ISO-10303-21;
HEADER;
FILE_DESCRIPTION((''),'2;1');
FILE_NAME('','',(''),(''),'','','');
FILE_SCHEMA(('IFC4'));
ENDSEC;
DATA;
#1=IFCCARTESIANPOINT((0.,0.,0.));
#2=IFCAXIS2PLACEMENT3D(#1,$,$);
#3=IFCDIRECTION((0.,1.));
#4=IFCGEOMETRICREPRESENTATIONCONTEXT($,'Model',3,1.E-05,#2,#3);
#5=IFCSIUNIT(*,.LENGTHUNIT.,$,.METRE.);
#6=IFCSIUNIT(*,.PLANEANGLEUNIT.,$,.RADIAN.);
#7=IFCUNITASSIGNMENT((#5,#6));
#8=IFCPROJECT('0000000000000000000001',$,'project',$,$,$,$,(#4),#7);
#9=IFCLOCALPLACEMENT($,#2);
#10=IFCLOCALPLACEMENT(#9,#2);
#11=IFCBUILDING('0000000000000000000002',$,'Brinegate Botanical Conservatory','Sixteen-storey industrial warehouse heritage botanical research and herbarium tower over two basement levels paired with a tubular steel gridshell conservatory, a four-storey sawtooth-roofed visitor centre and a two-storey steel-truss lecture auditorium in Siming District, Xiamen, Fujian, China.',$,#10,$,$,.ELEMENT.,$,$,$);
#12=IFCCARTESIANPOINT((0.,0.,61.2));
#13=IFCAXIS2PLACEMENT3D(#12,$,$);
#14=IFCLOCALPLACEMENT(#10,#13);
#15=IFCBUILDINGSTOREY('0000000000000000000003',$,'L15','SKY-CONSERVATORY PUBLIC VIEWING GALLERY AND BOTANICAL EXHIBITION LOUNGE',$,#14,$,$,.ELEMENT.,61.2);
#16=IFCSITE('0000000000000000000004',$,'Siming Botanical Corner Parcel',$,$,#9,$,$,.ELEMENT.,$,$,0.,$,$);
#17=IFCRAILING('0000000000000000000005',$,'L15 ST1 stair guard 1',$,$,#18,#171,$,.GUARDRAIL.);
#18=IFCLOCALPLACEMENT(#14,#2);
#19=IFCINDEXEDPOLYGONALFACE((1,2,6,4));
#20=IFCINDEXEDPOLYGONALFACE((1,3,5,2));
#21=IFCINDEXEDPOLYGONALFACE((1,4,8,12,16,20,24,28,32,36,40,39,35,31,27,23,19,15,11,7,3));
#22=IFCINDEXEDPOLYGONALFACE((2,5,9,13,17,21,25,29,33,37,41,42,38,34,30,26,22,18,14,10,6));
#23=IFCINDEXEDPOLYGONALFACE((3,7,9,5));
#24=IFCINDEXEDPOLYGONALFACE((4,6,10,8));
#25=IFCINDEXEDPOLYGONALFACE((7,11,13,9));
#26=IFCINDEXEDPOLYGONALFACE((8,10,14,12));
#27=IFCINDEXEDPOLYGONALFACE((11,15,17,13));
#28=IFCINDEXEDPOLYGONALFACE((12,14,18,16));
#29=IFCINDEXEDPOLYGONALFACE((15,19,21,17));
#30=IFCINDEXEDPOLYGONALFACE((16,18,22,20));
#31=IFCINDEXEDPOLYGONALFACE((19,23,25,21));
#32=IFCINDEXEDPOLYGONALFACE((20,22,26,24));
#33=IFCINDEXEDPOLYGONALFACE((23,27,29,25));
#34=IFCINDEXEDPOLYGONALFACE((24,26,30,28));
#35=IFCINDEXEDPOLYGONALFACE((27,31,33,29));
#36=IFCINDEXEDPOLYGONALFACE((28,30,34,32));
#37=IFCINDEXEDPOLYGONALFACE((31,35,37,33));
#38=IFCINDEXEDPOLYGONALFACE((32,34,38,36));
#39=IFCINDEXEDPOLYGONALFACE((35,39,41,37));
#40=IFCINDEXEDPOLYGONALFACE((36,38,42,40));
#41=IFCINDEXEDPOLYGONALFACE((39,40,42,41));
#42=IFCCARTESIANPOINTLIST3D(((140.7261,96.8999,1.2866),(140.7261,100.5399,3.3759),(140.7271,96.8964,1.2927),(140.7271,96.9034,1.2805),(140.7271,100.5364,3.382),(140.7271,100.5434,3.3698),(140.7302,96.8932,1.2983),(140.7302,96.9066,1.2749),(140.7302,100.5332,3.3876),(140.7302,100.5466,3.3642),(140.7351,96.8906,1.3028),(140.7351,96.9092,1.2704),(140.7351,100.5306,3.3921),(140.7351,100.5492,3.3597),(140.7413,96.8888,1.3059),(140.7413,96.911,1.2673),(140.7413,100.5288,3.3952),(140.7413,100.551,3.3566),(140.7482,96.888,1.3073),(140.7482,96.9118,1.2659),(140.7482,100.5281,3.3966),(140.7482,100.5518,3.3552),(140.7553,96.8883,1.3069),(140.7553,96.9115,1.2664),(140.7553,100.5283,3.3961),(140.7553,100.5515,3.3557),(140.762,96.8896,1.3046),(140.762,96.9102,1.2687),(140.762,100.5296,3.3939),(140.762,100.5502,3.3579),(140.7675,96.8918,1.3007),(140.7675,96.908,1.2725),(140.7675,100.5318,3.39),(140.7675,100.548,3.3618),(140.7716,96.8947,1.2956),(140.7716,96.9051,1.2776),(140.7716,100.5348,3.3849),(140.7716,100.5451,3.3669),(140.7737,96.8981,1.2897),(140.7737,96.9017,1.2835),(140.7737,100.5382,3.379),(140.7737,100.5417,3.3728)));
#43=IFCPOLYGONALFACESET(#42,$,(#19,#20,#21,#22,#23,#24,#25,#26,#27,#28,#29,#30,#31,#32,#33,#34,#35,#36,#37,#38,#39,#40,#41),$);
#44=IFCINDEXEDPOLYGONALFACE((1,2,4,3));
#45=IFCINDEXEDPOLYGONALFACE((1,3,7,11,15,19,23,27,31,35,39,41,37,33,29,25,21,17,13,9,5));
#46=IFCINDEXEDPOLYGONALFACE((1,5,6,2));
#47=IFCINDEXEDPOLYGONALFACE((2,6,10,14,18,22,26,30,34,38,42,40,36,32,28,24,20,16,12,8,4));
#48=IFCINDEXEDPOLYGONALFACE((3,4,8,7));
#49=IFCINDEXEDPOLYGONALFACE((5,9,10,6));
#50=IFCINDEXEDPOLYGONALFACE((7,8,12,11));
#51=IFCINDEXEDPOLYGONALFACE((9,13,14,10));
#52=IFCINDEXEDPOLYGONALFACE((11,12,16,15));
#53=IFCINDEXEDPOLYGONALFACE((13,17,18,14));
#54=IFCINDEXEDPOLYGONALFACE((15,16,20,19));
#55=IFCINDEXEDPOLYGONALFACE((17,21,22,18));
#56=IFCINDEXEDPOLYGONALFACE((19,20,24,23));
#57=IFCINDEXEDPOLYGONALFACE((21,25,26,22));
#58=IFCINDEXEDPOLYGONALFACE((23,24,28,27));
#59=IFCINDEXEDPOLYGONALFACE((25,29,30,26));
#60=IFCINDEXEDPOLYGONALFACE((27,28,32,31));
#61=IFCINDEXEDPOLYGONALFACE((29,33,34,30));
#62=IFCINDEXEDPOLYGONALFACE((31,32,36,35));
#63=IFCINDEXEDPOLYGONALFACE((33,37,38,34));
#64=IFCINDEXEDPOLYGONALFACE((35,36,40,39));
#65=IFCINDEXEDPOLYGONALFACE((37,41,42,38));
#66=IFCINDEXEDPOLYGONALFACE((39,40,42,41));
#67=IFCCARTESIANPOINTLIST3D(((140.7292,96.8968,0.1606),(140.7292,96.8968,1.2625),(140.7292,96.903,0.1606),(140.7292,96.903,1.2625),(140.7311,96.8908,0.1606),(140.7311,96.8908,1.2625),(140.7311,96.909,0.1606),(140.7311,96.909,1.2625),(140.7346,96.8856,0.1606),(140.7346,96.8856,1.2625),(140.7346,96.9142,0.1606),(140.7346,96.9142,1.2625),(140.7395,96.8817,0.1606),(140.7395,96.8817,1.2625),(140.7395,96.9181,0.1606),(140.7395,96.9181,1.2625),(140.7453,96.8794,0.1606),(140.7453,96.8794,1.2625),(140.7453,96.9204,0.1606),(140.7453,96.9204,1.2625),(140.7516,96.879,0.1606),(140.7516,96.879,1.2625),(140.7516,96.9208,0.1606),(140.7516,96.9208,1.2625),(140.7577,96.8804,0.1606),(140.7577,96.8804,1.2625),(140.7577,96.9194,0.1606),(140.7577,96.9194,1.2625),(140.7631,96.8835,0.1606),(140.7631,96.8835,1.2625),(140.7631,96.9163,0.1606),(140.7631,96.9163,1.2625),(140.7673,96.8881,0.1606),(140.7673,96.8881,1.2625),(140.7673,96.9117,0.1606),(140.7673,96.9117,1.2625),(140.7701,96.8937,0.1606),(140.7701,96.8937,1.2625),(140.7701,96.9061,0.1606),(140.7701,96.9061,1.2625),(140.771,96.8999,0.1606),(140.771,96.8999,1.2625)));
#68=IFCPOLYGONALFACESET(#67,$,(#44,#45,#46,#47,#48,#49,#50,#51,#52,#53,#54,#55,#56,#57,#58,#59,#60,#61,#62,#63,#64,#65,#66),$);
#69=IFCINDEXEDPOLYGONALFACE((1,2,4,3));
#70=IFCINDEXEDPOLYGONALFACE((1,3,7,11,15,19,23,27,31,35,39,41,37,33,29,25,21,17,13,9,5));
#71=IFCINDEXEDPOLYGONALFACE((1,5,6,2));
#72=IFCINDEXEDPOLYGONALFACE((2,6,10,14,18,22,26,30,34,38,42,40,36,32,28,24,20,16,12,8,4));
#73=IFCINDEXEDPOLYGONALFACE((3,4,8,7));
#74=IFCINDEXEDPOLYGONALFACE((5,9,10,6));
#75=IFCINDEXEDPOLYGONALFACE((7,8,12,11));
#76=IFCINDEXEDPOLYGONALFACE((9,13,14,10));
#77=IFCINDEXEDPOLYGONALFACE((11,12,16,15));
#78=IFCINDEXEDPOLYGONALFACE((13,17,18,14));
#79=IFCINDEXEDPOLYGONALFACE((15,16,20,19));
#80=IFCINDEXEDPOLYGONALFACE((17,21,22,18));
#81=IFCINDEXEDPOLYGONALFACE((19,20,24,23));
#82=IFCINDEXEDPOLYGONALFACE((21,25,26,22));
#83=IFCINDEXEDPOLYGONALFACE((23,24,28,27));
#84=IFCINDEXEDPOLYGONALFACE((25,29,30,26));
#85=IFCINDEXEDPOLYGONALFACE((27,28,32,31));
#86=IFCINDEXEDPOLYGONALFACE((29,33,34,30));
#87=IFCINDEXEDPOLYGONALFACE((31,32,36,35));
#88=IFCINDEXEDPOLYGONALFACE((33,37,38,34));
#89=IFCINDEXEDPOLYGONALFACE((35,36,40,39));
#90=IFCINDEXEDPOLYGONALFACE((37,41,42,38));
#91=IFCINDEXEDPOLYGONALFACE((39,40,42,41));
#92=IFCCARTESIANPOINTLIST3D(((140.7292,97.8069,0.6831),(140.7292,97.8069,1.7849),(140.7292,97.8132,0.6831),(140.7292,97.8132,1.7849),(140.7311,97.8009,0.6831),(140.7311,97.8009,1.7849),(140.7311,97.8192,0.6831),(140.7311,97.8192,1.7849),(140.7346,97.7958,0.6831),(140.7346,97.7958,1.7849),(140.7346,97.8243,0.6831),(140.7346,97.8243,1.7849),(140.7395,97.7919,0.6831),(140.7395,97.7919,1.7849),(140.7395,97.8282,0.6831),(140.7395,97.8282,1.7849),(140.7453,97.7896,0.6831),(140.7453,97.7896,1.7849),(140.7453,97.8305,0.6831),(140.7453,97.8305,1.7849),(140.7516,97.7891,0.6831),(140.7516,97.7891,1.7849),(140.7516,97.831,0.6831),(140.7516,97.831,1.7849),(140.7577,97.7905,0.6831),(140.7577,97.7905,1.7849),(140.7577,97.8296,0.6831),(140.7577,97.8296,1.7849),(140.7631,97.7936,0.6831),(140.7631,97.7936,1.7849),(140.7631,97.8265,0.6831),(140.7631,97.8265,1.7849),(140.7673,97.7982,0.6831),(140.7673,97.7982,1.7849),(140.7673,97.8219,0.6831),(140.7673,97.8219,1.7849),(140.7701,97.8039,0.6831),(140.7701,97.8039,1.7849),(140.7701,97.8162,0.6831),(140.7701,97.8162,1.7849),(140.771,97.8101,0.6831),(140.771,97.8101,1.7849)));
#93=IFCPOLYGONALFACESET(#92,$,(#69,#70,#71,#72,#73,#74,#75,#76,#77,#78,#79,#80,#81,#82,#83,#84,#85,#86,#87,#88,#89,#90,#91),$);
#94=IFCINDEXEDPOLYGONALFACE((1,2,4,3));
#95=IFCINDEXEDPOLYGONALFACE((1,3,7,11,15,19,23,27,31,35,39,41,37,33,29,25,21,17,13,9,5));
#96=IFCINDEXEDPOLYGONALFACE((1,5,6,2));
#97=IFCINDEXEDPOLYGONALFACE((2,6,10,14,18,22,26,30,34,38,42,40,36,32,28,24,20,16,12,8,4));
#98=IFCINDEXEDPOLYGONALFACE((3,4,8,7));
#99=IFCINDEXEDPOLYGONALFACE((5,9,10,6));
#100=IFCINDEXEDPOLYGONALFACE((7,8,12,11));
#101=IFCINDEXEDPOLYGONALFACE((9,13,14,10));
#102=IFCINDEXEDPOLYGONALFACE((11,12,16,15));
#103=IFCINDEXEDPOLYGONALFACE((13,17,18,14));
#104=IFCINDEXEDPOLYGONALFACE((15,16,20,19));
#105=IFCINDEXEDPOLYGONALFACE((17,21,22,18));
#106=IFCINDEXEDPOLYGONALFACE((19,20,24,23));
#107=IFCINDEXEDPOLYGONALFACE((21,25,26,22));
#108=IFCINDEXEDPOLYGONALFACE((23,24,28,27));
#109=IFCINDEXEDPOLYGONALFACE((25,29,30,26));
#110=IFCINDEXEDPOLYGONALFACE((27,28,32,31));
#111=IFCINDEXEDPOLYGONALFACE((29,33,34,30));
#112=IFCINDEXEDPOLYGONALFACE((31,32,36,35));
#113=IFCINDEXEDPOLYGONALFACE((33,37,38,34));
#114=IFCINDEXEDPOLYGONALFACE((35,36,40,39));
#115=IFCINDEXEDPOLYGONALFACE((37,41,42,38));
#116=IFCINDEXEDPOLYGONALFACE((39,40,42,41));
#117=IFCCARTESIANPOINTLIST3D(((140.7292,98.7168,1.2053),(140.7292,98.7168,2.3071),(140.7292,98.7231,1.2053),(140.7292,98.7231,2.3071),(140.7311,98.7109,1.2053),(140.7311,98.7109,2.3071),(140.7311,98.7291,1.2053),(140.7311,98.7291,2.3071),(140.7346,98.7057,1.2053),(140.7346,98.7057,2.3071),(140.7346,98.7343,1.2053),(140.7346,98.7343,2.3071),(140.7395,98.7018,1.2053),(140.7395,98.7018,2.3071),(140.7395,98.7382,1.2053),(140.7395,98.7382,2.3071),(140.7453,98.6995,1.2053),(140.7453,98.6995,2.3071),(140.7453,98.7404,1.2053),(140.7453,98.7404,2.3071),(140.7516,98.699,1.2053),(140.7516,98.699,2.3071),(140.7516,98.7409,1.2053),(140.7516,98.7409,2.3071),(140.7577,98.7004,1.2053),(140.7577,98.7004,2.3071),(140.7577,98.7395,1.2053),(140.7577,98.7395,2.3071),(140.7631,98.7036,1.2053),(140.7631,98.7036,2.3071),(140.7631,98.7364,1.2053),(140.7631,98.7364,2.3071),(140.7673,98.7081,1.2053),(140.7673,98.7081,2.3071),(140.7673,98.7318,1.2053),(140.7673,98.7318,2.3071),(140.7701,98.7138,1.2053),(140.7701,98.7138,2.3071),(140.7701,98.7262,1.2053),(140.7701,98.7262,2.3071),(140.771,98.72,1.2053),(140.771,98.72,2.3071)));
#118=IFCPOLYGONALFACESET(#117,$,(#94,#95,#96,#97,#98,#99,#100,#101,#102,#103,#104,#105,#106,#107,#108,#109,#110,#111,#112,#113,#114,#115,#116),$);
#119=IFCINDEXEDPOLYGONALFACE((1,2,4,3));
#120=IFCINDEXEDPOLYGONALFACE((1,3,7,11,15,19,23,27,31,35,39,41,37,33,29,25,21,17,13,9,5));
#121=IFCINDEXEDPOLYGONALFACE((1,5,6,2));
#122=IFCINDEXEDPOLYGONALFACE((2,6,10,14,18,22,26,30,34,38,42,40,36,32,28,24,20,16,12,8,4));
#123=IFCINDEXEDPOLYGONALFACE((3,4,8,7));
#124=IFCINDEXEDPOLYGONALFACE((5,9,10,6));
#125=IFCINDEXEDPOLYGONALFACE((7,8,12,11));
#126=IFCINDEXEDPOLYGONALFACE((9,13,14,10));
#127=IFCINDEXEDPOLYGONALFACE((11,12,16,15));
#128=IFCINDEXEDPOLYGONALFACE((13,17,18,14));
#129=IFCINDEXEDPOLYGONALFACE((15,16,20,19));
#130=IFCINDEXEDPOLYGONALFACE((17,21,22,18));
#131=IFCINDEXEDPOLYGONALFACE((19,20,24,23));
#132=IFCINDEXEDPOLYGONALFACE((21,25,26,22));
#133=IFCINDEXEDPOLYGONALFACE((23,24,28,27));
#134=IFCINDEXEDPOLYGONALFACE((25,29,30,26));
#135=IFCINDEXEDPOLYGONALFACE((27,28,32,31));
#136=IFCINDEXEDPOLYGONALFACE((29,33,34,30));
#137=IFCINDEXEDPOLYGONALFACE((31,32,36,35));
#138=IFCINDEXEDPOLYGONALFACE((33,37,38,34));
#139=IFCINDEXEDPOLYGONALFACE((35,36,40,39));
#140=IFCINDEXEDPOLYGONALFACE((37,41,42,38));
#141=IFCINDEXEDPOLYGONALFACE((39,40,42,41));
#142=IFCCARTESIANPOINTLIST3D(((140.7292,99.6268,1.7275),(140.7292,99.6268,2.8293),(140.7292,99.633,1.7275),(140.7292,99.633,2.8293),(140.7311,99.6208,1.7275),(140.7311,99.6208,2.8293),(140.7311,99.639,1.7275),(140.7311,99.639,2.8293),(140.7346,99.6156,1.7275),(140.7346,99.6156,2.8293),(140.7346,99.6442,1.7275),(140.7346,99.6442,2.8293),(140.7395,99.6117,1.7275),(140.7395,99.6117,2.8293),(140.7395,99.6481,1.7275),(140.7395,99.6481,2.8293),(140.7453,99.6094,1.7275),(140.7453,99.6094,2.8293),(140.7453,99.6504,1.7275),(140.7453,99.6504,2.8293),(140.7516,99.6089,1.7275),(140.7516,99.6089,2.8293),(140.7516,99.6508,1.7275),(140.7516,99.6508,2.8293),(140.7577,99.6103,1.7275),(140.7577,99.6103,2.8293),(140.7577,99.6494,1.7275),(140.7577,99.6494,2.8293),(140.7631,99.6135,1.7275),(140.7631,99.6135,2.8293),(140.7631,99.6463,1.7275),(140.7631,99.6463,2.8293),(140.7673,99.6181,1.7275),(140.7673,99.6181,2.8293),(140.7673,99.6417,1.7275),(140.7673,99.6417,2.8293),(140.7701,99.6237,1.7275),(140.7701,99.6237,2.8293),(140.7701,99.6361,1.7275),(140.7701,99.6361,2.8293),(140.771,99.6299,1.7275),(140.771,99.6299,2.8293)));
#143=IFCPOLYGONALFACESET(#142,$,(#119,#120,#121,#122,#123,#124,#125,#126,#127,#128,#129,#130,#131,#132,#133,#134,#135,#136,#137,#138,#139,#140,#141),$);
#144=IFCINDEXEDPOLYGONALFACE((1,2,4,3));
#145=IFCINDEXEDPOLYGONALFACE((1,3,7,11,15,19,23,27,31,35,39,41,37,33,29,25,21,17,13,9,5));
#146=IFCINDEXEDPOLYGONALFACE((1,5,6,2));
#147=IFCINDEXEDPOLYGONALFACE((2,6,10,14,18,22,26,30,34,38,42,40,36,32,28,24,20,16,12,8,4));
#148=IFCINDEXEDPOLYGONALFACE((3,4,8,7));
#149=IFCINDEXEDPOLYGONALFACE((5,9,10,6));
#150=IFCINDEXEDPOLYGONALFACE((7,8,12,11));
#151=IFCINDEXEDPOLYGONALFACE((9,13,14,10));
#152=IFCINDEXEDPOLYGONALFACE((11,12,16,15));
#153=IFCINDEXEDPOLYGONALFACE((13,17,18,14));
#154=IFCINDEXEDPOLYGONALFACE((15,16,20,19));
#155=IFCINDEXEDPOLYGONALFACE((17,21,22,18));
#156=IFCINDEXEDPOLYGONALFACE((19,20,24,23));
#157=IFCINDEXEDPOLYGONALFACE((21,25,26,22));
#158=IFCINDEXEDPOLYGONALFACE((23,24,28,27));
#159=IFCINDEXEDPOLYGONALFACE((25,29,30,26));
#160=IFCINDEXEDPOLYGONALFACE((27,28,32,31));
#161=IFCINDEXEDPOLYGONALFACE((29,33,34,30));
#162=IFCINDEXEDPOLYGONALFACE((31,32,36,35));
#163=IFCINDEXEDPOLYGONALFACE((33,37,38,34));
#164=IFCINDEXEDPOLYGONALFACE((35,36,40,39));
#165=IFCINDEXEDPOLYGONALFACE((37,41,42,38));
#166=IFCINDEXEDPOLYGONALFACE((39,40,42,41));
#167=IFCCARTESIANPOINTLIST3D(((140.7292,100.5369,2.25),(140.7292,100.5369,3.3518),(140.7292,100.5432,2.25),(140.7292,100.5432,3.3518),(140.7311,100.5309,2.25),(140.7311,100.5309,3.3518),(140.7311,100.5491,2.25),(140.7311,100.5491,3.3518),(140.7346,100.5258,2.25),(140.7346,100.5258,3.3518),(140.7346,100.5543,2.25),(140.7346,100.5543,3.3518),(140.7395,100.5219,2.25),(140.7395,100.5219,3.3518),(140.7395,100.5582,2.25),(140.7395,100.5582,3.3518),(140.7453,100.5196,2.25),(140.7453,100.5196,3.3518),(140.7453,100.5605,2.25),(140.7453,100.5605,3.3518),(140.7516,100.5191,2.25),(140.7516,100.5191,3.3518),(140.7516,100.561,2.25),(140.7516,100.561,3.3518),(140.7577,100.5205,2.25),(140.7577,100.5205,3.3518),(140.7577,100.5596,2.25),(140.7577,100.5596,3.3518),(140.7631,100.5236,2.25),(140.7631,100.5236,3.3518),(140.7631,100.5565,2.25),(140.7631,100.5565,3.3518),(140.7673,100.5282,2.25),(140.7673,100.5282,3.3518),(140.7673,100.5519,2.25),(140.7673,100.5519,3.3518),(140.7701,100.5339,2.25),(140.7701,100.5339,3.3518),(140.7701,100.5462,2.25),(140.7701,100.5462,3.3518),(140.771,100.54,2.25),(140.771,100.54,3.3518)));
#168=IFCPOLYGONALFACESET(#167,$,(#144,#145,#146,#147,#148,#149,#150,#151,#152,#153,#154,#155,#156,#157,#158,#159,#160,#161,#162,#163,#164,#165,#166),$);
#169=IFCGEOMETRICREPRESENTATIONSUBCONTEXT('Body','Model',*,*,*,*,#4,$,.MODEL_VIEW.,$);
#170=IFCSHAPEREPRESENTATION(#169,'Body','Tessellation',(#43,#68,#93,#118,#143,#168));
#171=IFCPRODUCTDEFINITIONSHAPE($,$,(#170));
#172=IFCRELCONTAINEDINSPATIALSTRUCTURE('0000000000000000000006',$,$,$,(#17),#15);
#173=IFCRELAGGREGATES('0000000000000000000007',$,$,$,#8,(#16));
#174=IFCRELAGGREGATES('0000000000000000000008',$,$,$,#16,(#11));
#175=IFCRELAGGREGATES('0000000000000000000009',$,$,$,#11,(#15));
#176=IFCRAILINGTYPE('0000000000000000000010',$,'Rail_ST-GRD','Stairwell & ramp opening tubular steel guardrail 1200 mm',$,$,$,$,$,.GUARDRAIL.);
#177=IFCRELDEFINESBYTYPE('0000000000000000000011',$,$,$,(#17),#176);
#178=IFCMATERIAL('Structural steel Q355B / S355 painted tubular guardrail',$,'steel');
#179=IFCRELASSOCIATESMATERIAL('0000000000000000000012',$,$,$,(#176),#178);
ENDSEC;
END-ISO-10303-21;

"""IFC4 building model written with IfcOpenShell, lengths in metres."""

from ifc_helpers import new_model, si_unit, direction, frame, origin, origin_2d, place, context, subcontext, project, spatial, circle, extrude, material, type_object, element, save


model = new_model("IFC4")

# Units and contexts
model_context = context("Model", 3, precision=1e-05, world=origin(), true_north=direction((0.0, 1.0)))
body_context = subcontext(model_context, "Body", "Model", "MODEL_VIEW")
ifc_project = project(units=[si_unit("LENGTHUNIT", "METRE"), si_unit("PLANEANGLEUNIT", "RADIAN")], contexts=[model_context])

# Site, building, storey
site_placement = place(None, origin())
site = spatial("IfcSite", under=ifc_project, at=site_placement, Name="Siming Botanical Corner Parcel", CompositionType="ELEMENT", RefElevation=0.0)
building_placement = place(site_placement, origin())
building = spatial("IfcBuilding", under=site, at=building_placement, Name="Brinegate Botanical Conservatory", Description="Sixteen-storey industrial warehouse heritage botanical research and herbarium tower over two basement levels paired with a tubular steel gridshell conservatory, a four-storey sawtooth-roofed visitor centre and a two-storey steel-truss lecture auditorium in Siming District, Xiamen, Fujian, China.", CompositionType="ELEMENT")
storey_placement = place(building_placement, frame((0.0, 0.0, 61.2)))
storey = spatial("IfcBuildingStorey", under=building, at=storey_placement, Name="L15", Description="SKY-CONSERVATORY PUBLIC VIEWING GALLERY AND BOTANICAL EXHIBITION LOUNGE", CompositionType="ELEMENT", Elevation=61.2)

# Railing
ifc_material_1 = material(Name="Structural steel Q355B / S355 painted tubular guardrail", Category="steel")
railing_type_1 = type_object("IfcRailingType", Name="Rail_ST-GRD", Description="Stairwell & ramp opening tubular steel guardrail 1200 mm", PredefinedType="GUARDRAIL", material=ifc_material_1)
railing_1_placement = place(storey_placement, frame((140.75, 96.8999, 0.1606)))
element("IfcRailing", 1, at=railing_1_placement, inside=storey, type_object=railing_type_1, Name="L15 ST1 stair guard 1", PredefinedType="GUARDRAIL", context=body_context, shape_type="SweptSolid", body=[
    extrude(circle(Radius=0.0239, at=origin_2d()), frame((0.0, 0.0, 1.126), z_axis=(0.0, 0.867289, 0.497804), x_axis=(-1.0, 0.0, 0.0)), (0.0, 0.0, 1.0), 4.197),
    extrude(circle(Radius=0.021, at=origin_2d()), origin(), (0.0, 0.0, 1.0), 1.1018),
    extrude(circle(Radius=0.021, at=origin_2d()), frame((0.0, 0.9102, 0.5225)), (0.0, 0.0, 1.0), 1.1018),
    extrude(circle(Radius=0.021, at=origin_2d()), frame((0.0, 1.8201, 1.0447)), (0.0, 0.0, 1.0), 1.1018),
    extrude(circle(Radius=0.021, at=origin_2d()), frame((0.0, 2.73, 1.5669)), (0.0, 0.0, 1.0), 1.1018),
    extrude(circle(Radius=0.021, at=origin_2d()), frame((0.0, 3.6401, 2.0894)), (0.0, 0.0, 1.0), 1.1018),
])

save(model, "model.ifc")
